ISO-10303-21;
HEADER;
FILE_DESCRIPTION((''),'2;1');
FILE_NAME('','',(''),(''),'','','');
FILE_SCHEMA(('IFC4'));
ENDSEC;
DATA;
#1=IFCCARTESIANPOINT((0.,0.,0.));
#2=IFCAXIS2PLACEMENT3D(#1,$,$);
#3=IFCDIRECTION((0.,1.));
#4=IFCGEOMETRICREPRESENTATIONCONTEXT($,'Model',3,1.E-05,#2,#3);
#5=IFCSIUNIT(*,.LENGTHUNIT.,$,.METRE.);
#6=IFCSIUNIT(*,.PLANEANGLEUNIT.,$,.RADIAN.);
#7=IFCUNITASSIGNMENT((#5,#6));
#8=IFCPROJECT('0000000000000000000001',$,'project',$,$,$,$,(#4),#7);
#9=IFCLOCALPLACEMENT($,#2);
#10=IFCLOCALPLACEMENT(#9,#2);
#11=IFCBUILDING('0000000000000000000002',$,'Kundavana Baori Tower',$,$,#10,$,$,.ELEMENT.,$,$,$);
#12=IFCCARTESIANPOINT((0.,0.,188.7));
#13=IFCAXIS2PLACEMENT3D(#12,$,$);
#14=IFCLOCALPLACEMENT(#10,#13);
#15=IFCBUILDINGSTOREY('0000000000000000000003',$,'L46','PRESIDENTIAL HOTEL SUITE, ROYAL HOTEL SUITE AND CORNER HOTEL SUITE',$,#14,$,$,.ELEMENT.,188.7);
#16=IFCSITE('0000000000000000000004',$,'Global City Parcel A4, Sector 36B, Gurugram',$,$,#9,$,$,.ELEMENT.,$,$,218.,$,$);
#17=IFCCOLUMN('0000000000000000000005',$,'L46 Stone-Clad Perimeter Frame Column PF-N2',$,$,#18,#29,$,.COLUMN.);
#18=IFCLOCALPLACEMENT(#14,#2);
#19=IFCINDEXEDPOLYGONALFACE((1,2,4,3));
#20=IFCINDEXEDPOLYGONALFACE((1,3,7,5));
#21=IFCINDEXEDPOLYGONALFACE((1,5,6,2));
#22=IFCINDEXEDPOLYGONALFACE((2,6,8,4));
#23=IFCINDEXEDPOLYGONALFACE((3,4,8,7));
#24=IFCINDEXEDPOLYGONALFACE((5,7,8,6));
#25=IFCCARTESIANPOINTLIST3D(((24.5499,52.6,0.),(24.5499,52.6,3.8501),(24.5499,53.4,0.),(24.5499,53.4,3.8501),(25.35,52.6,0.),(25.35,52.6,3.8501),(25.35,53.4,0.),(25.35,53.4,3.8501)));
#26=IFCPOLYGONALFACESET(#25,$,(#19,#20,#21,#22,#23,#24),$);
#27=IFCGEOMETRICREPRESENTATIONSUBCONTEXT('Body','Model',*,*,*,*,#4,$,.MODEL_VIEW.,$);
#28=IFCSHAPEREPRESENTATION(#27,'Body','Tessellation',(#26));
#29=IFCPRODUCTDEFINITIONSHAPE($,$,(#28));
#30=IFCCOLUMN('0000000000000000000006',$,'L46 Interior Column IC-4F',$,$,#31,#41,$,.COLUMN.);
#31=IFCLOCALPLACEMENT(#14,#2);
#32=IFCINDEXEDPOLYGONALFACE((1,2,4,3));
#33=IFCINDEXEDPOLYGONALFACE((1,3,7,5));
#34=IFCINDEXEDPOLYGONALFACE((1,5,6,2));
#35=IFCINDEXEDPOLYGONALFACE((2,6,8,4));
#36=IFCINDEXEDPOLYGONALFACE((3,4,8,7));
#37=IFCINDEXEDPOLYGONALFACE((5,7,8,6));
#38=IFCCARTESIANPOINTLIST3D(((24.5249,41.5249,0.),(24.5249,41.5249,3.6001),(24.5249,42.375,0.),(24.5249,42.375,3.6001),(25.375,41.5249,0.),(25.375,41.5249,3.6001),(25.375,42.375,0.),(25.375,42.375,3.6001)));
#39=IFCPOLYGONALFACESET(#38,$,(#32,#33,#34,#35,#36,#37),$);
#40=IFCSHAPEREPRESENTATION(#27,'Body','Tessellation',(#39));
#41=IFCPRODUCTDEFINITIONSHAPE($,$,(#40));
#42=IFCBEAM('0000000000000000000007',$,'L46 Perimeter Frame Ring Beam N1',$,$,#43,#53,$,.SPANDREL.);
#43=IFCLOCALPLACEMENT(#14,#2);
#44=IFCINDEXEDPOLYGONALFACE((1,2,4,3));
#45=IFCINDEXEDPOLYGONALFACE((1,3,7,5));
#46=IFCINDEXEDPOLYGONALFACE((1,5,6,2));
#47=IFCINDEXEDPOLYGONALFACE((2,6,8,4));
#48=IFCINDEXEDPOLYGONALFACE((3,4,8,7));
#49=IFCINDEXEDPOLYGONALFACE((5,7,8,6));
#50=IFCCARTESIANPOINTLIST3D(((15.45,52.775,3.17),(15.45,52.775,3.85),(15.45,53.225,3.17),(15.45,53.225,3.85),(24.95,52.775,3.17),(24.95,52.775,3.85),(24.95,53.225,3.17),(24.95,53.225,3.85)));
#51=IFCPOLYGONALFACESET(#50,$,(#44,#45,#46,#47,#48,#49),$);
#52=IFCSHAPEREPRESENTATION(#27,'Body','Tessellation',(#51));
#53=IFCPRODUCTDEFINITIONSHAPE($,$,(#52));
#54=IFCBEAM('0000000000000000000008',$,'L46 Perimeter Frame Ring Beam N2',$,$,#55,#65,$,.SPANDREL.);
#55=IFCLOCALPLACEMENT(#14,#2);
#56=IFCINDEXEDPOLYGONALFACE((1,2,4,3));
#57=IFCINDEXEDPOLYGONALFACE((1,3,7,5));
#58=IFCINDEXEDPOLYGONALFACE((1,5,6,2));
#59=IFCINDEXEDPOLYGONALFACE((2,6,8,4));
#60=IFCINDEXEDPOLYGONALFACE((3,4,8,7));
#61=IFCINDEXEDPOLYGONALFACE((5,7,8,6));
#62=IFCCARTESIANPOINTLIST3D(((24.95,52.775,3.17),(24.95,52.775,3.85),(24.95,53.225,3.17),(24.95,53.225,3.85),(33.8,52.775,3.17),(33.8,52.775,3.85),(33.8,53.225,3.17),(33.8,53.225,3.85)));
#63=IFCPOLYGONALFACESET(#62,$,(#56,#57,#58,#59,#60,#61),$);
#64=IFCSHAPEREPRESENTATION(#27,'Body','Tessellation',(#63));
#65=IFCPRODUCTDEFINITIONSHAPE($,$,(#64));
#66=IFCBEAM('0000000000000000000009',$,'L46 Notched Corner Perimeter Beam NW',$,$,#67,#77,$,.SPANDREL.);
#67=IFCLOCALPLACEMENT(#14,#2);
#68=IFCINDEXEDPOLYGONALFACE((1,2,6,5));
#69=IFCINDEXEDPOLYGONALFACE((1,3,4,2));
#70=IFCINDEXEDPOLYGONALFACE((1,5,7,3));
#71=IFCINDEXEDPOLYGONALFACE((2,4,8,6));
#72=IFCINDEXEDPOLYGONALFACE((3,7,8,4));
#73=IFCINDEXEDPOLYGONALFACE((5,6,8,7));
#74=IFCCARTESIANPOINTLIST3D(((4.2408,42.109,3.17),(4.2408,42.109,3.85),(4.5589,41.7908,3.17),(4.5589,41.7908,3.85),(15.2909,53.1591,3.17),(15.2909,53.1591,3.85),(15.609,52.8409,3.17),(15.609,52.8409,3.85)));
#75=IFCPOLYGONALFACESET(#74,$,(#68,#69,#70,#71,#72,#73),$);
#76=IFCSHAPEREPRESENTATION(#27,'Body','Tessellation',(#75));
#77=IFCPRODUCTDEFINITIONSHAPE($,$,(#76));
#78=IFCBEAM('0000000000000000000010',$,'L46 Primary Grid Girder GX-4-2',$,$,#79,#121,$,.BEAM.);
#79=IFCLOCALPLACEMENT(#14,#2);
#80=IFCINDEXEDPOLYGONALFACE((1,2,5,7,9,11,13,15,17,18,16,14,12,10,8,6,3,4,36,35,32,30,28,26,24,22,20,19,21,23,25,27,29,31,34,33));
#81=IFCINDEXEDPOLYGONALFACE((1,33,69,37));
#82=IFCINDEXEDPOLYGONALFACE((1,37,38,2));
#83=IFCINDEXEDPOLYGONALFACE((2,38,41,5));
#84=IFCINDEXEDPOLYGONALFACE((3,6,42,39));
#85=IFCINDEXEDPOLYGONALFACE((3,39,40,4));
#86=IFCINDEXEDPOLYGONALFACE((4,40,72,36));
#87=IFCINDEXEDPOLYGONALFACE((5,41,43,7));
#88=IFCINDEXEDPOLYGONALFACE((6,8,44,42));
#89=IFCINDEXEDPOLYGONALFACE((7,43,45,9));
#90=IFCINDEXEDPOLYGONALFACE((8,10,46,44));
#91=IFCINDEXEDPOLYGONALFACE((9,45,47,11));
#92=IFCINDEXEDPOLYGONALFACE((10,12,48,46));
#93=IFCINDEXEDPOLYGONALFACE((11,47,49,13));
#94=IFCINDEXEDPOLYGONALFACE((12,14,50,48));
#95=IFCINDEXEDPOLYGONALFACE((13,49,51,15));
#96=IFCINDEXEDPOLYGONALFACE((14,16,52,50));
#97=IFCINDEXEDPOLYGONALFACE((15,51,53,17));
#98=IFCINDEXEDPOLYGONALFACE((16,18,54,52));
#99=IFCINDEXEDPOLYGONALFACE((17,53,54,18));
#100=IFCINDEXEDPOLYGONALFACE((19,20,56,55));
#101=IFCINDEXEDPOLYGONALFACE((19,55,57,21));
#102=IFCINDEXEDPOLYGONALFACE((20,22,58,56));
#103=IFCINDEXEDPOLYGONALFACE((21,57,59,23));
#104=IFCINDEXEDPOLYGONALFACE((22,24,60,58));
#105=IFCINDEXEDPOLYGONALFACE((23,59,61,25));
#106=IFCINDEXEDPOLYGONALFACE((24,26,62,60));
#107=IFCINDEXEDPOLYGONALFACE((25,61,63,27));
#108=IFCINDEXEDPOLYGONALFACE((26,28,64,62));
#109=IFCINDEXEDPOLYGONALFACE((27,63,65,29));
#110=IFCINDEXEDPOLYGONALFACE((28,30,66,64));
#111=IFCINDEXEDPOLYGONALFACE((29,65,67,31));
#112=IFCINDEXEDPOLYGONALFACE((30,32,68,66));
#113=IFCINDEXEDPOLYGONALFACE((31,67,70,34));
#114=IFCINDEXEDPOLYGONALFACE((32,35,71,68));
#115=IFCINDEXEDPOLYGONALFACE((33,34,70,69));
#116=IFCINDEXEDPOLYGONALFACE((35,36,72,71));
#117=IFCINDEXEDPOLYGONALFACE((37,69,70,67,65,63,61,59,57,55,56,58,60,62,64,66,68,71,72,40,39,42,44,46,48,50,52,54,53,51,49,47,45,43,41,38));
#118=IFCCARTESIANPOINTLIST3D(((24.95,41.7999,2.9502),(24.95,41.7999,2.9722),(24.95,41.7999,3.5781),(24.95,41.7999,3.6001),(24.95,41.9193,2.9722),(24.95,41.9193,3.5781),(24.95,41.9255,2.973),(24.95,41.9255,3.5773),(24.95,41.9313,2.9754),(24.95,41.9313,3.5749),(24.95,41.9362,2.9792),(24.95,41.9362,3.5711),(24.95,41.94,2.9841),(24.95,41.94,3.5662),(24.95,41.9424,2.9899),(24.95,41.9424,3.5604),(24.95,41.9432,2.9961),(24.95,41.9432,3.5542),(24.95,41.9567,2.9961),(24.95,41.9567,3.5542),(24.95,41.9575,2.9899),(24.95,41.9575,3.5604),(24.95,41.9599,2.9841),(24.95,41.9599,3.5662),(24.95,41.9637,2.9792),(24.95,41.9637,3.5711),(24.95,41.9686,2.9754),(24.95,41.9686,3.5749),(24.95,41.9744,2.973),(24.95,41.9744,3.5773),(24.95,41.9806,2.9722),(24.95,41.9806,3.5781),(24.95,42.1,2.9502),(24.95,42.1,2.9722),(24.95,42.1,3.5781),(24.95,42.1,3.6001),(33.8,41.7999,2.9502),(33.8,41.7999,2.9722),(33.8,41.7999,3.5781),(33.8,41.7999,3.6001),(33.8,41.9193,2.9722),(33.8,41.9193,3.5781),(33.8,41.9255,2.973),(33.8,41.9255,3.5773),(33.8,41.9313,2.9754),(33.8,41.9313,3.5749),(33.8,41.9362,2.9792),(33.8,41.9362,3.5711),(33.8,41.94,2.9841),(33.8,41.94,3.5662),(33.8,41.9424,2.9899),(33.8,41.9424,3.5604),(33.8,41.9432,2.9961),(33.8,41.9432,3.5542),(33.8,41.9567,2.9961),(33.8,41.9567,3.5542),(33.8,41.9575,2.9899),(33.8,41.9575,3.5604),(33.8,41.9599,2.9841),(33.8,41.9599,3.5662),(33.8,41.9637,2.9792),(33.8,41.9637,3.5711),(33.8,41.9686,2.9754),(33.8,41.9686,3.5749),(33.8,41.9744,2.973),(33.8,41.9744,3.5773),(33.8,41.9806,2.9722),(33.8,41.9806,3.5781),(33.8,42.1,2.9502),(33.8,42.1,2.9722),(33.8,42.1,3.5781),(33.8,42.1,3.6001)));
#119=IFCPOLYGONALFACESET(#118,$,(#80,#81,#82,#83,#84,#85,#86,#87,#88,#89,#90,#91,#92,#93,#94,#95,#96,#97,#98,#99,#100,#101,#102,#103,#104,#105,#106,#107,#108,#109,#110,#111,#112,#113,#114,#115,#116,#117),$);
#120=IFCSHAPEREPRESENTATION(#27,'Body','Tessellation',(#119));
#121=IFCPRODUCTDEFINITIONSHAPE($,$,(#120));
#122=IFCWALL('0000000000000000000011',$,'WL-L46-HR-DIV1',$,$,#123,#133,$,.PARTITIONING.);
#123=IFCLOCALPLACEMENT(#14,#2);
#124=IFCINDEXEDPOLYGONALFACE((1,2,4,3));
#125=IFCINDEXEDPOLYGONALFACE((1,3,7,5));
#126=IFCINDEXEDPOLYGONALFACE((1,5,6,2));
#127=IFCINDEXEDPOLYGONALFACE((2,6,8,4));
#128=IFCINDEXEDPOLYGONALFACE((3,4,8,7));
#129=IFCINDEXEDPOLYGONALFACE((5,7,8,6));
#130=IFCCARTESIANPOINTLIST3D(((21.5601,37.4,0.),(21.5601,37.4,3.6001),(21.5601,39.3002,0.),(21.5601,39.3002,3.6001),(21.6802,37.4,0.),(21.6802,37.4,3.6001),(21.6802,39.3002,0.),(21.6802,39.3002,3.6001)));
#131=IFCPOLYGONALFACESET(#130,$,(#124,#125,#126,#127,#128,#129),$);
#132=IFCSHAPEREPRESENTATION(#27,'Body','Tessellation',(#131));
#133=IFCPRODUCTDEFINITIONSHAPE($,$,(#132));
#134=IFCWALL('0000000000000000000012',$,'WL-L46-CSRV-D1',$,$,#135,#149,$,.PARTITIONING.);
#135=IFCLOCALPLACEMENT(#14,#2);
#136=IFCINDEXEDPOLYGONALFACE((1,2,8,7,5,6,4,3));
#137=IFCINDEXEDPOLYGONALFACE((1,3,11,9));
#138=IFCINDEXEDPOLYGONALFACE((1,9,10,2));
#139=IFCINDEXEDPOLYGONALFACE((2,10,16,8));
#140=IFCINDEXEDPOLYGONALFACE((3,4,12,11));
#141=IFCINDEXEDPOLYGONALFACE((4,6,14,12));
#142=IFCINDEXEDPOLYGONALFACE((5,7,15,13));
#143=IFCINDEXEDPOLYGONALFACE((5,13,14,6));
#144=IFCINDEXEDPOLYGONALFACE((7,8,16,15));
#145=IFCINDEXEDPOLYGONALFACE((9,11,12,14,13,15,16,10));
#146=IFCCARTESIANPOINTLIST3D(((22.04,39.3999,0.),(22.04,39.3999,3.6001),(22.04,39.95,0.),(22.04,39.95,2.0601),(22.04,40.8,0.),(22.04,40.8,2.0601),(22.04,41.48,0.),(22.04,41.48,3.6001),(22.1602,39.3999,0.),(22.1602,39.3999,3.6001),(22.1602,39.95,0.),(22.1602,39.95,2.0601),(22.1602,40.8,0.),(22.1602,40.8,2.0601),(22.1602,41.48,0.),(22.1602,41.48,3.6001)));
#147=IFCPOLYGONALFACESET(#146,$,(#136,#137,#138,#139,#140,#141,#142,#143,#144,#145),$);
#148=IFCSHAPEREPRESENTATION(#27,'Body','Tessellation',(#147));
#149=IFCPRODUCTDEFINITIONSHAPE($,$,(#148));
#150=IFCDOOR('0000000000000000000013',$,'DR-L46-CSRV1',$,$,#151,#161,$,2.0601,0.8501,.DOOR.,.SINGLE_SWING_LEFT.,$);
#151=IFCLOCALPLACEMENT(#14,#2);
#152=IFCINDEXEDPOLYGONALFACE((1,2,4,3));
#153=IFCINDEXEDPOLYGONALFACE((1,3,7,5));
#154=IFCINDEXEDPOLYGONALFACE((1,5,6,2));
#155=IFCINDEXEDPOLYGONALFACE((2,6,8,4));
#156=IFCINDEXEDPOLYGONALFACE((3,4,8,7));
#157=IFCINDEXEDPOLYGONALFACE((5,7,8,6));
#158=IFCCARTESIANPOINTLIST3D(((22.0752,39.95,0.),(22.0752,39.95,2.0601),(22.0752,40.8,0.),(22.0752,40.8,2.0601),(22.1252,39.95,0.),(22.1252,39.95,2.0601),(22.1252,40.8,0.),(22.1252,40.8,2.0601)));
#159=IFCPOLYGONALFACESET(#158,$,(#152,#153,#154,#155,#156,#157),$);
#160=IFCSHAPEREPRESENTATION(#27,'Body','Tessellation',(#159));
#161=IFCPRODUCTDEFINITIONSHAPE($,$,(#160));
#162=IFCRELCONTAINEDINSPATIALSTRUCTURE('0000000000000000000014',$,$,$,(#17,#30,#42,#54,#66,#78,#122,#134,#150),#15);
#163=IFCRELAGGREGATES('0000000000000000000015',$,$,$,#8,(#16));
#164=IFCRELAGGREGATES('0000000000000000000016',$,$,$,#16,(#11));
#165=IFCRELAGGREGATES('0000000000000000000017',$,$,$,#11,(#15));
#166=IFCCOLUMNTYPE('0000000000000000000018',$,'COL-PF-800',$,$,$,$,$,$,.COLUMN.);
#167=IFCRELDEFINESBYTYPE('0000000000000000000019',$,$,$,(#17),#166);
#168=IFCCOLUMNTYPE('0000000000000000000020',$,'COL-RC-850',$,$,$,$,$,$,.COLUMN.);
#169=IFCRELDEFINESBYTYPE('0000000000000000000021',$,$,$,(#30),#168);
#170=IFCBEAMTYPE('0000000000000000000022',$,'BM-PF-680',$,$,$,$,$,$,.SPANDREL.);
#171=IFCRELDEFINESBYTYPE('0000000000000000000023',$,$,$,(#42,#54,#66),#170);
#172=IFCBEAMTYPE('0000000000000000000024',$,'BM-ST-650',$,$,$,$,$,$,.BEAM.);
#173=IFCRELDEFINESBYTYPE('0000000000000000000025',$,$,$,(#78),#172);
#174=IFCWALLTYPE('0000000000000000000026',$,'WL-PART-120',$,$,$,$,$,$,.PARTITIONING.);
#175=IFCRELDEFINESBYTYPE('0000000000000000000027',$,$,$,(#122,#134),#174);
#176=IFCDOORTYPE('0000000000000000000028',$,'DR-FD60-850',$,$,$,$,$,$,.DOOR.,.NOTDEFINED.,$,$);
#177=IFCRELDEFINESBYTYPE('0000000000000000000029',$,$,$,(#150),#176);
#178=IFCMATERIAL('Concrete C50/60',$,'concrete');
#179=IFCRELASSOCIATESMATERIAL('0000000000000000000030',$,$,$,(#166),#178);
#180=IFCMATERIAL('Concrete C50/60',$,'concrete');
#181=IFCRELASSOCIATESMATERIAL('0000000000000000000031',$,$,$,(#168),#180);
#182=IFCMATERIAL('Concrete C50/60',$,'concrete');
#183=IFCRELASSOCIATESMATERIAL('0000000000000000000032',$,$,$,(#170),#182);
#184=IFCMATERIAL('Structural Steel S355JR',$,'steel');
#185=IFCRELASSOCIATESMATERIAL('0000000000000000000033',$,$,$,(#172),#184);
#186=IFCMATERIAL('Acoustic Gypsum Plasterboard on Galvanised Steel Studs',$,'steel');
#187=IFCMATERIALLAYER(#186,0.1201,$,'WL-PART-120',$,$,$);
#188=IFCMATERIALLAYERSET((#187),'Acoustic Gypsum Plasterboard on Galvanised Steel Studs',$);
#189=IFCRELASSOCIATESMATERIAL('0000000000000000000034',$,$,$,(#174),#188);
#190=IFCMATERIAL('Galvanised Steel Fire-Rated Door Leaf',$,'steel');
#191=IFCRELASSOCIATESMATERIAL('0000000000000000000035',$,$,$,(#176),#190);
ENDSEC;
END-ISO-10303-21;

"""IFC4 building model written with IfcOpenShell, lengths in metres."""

from ifc_helpers import new_model, si_unit, direction, frame, frame_2d, origin, origin_2d, place, context, subcontext, project, spatial, rectangle, i_section, extrude, material, layer, layer_set, material_profile, profile_set, type_object, element, fill, save


model = new_model("IFC4")

# Units and contexts
model_context = context("Model", 3, precision=1e-05, world=origin(), true_north=direction((0.0, 1.0)))
body_context = subcontext(model_context, "Body", "Model", "MODEL_VIEW")
ifc_project = project(units=[si_unit("LENGTHUNIT", "METRE"), si_unit("PLANEANGLEUNIT", "RADIAN")], contexts=[model_context])

# Site, building, storey
site_placement = place(None, origin())
site = spatial("IfcSite", under=ifc_project, at=site_placement, Name="Global City Parcel A4, Sector 36B, Gurugram", CompositionType="ELEMENT", RefElevation=218.0)
building_placement = place(site_placement, origin())
building = spatial("IfcBuilding", under=site, at=building_placement, Name="Kundavana Baori Tower", CompositionType="ELEMENT")
storey_placement = place(building_placement, frame((0.0, 0.0, 188.7)))
storey = spatial("IfcBuildingStorey", under=building, at=storey_placement, Name="L46", Description="PRESIDENTIAL HOTEL SUITE, ROYAL HOTEL SUITE AND CORNER HOTEL SUITE", CompositionType="ELEMENT", Elevation=188.7)

# Columns
ifc_material_1 = material(Name="Concrete C50/60", Category="concrete")
ifc_material_profile_1 = material_profile(ifc_material_1, rectangle(XDim=0.8, YDim=0.8, at=origin_2d()), Name="RC PF 800x800")
ifc_profile_set_1 = profile_set([ifc_material_profile_1], Name="Concrete C50/60")
column_type_1 = type_object("IfcColumnType", Name="COL-PF-800", PredefinedType="COLUMN", material=ifc_profile_set_1)
column_1_placement = place(storey_placement, frame((24.95, 53.0, 0.0), z_axis=(0.0, 0.0, 1.0), x_axis=(1.0, 0.0, 0.0)))
element("IfcColumn", 1, at=column_1_placement, inside=storey, type_object=column_type_1, Name="L46 Stone-Clad Perimeter Frame Column PF-N2", PredefinedType="COLUMN", context=body_context, shape_type="SweptSolid", body=[
    extrude(rectangle(XDim=0.8, YDim=0.8, at=origin_2d()), origin(), (0.0, 0.0, 1.0), 3.8501),
])
ifc_material_2 = material(Name="Concrete C50/60", Category="concrete")
ifc_material_profile_2 = material_profile(ifc_material_2, rectangle(XDim=0.8501, YDim=0.8501, at=origin_2d()), Name="RC 850x850")
ifc_profile_set_2 = profile_set([ifc_material_profile_2], Name="Concrete C50/60")
column_type_2 = type_object("IfcColumnType", Name="COL-RC-850", PredefinedType="COLUMN", material=ifc_profile_set_2)
column_2_placement = place(storey_placement, frame((24.95, 41.95, 0.0), z_axis=(0.0, 0.0, 1.0), x_axis=(1.0, 0.0, 0.0)))
element("IfcColumn", 2, at=column_2_placement, inside=storey, type_object=column_type_2, Name="L46 Interior Column IC-4F", PredefinedType="COLUMN", context=body_context, shape_type="SweptSolid", body=[
    extrude(rectangle(XDim=0.8501, YDim=0.8501, at=origin_2d()), origin(), (0.0, 0.0, 1.0), 3.6001),
])

# Beams
ifc_material_3 = material(Name="Concrete C50/60", Category="concrete")
ifc_material_profile_3 = material_profile(ifc_material_3, rectangle(XDim=0.45, YDim=0.6799, at=origin_2d()), Name="RC BM 450x680")
ifc_profile_set_3 = profile_set([ifc_material_profile_3], Name="Concrete C50/60")
beam_type_1 = type_object("IfcBeamType", Name="BM-PF-680", PredefinedType="SPANDREL", material=ifc_profile_set_3)
beam_1_placement = place(storey_placement, frame((15.45, 53.0, 3.51), z_axis=(1.0, 0.0, 0.0), x_axis=(0.0, 1.0, 0.0)))
element("IfcBeam", 3, at=beam_1_placement, inside=storey, type_object=beam_type_1, Name="L46 Perimeter Frame Ring Beam N1", PredefinedType="SPANDREL", context=body_context, shape_type="SweptSolid", body=[
    extrude(rectangle(XDim=0.45, YDim=0.6799, at=origin_2d()), origin(), (0.0, 0.0, 1.0), 9.5),
])
beam_2_placement = place(storey_placement, frame((24.95, 53.0, 3.51), z_axis=(1.0, 0.0, 0.0), x_axis=(0.0, 1.0, 0.0)))
element("IfcBeam", 4, at=beam_2_placement, inside=storey, type_object=beam_type_1, Name="L46 Perimeter Frame Ring Beam N2", PredefinedType="SPANDREL", context=body_context, shape_type="SweptSolid", body=[
    extrude(rectangle(XDim=0.45, YDim=0.6799, at=origin_2d()), origin(), (0.0, 0.0, 1.0), 8.8501),
])
beam_3_placement = place(storey_placement, frame((15.45, 53.0, 3.51), z_axis=(-0.707107, -0.707107, 0.0), x_axis=(0.707107, -0.707107, 0.0)))
element("IfcBeam", 5, at=beam_3_placement, inside=storey, type_object=beam_type_1, Name="L46 Notched Corner Perimeter Beam NW", PredefinedType="SPANDREL", context=body_context, shape_type="SweptSolid", body=[
    extrude(rectangle(XDim=0.45, YDim=0.6799, at=origin_2d()), origin(), (0.0, 0.0, 1.0), 15.6272),
])
ifc_material_4 = material(Name="Structural Steel S355JR", Category="steel")
ifc_material_profile_4 = material_profile(ifc_material_4, i_section(OverallWidth=0.3, OverallDepth=0.6499, WebThickness=0.0134, FlangeThickness=0.022, FilletRadius=0.0239, at=origin_2d()), Name="NPB 650x300x155")
ifc_profile_set_4 = profile_set([ifc_material_profile_4], Name="Structural Steel S355JR")
beam_type_2 = type_object("IfcBeamType", Name="BM-ST-650", PredefinedType="BEAM", material=ifc_profile_set_4)
beam_4_placement = place(storey_placement, frame((24.95, 41.95, 3.2751), z_axis=(1.0, 0.0, 0.0), x_axis=(0.0, 1.0, 0.0)))
element("IfcBeam", 6, at=beam_4_placement, inside=storey, type_object=beam_type_2, Name="L46 Primary Grid Girder GX-4-2", PredefinedType="BEAM", context=body_context, shape_type="SweptSolid", body=[
    extrude(i_section(OverallWidth=0.3, OverallDepth=0.6499, WebThickness=0.0134, FlangeThickness=0.022, FilletRadius=0.0239, at=origin_2d()), origin(), (0.0, 0.0, 1.0), 8.8501),
])

# Wall
ifc_material_5 = material(Name="Acoustic Gypsum Plasterboard on Galvanised Steel Studs", Category="steel")
ifc_layer_1 = layer(ifc_material_5, 0.1201, Name="WL-PART-120")
ifc_layer_set_1 = layer_set([ifc_layer_1], Name="Acoustic Gypsum Plasterboard on Galvanised Steel Studs")
wall_type_1 = type_object("IfcWallType", Name="WL-PART-120", PredefinedType="PARTITIONING", material=ifc_layer_set_1)
wall_1_placement = place(storey_placement, frame((21.6201, 37.3999, 0.0), z_axis=(0.0, 0.0, 1.0), x_axis=(0.0, 1.0, 0.0)))
element("IfcWall", 7, at=wall_1_placement, inside=storey, type_object=wall_type_1, Name="WL-L46-HR-DIV1", PredefinedType="PARTITIONING", context=body_context, shape_type="SweptSolid", body=[
    extrude(rectangle(XDim=1.9001, YDim=0.1201, at=frame_2d((0.9502, 0.0))), origin(), (0.0, 0.0, 1.0), 3.6001),
])

# Wall, opening, door
wall_2_placement = place(storey_placement, frame((22.1001, 39.3999, 0.0), z_axis=(0.0, 0.0, 1.0), x_axis=(0.0, 1.0, 0.0)))
wall_2 = element("IfcWall", 8, at=wall_2_placement, inside=storey, type_object=wall_type_1, Name="WL-L46-CSRV-D1", PredefinedType="PARTITIONING", context=body_context, shape_type="SweptSolid", body=[
    extrude(rectangle(XDim=2.0801, YDim=0.1201, at=frame_2d((1.04, 0.0))), origin(), (0.0, 0.0, 1.0), 3.6001),
])
opening_1_placement = place(wall_2_placement, frame((0.55, 0.0, 0.0)))
opening_1 = element("IfcOpeningElement", 9, at=opening_1_placement, cuts=wall_2, PredefinedType="OPENING", context=body_context, shape_type="SweptSolid", body=[
    extrude(rectangle(XDim=0.8501, YDim=2.0601, at=frame_2d((0.425, 1.03))), frame((0.0, 0.0701, 0.0), z_axis=(0.0, -1.0, 0.0), x_axis=(1.0, 0.0, 0.0)), (0.0, 0.0, 1.0), 0.1401),
])
ifc_material_6 = material(Name="Galvanised Steel Fire-Rated Door Leaf", Category="steel")
door_type_1 = type_object("IfcDoorType", Name="DR-FD60-850", OperationType="NOTDEFINED", PredefinedType="DOOR", material=ifc_material_6)
door_1_placement = place(opening_1_placement, origin())
door_1 = element("IfcDoor", 10, at=door_1_placement, inside=storey, type_object=door_type_1, Name="DR-L46-CSRV1", OperationType="SINGLE_SWING_LEFT", OverallHeight=2.0601, OverallWidth=0.8501, PredefinedType="DOOR", context=body_context, shape_type="SweptSolid", body=[
    extrude(rectangle(XDim=0.8501, YDim=2.0601, at=frame_2d((0.425, 1.03))), frame((0.0, 0.0249, 0.0), z_axis=(0.0, -1.0, 0.0), x_axis=(1.0, 0.0, 0.0)), (0.0, 0.0, 1.0), 0.05),
])
fill(opening_1, door_1)

save(model, "model.ifc")
